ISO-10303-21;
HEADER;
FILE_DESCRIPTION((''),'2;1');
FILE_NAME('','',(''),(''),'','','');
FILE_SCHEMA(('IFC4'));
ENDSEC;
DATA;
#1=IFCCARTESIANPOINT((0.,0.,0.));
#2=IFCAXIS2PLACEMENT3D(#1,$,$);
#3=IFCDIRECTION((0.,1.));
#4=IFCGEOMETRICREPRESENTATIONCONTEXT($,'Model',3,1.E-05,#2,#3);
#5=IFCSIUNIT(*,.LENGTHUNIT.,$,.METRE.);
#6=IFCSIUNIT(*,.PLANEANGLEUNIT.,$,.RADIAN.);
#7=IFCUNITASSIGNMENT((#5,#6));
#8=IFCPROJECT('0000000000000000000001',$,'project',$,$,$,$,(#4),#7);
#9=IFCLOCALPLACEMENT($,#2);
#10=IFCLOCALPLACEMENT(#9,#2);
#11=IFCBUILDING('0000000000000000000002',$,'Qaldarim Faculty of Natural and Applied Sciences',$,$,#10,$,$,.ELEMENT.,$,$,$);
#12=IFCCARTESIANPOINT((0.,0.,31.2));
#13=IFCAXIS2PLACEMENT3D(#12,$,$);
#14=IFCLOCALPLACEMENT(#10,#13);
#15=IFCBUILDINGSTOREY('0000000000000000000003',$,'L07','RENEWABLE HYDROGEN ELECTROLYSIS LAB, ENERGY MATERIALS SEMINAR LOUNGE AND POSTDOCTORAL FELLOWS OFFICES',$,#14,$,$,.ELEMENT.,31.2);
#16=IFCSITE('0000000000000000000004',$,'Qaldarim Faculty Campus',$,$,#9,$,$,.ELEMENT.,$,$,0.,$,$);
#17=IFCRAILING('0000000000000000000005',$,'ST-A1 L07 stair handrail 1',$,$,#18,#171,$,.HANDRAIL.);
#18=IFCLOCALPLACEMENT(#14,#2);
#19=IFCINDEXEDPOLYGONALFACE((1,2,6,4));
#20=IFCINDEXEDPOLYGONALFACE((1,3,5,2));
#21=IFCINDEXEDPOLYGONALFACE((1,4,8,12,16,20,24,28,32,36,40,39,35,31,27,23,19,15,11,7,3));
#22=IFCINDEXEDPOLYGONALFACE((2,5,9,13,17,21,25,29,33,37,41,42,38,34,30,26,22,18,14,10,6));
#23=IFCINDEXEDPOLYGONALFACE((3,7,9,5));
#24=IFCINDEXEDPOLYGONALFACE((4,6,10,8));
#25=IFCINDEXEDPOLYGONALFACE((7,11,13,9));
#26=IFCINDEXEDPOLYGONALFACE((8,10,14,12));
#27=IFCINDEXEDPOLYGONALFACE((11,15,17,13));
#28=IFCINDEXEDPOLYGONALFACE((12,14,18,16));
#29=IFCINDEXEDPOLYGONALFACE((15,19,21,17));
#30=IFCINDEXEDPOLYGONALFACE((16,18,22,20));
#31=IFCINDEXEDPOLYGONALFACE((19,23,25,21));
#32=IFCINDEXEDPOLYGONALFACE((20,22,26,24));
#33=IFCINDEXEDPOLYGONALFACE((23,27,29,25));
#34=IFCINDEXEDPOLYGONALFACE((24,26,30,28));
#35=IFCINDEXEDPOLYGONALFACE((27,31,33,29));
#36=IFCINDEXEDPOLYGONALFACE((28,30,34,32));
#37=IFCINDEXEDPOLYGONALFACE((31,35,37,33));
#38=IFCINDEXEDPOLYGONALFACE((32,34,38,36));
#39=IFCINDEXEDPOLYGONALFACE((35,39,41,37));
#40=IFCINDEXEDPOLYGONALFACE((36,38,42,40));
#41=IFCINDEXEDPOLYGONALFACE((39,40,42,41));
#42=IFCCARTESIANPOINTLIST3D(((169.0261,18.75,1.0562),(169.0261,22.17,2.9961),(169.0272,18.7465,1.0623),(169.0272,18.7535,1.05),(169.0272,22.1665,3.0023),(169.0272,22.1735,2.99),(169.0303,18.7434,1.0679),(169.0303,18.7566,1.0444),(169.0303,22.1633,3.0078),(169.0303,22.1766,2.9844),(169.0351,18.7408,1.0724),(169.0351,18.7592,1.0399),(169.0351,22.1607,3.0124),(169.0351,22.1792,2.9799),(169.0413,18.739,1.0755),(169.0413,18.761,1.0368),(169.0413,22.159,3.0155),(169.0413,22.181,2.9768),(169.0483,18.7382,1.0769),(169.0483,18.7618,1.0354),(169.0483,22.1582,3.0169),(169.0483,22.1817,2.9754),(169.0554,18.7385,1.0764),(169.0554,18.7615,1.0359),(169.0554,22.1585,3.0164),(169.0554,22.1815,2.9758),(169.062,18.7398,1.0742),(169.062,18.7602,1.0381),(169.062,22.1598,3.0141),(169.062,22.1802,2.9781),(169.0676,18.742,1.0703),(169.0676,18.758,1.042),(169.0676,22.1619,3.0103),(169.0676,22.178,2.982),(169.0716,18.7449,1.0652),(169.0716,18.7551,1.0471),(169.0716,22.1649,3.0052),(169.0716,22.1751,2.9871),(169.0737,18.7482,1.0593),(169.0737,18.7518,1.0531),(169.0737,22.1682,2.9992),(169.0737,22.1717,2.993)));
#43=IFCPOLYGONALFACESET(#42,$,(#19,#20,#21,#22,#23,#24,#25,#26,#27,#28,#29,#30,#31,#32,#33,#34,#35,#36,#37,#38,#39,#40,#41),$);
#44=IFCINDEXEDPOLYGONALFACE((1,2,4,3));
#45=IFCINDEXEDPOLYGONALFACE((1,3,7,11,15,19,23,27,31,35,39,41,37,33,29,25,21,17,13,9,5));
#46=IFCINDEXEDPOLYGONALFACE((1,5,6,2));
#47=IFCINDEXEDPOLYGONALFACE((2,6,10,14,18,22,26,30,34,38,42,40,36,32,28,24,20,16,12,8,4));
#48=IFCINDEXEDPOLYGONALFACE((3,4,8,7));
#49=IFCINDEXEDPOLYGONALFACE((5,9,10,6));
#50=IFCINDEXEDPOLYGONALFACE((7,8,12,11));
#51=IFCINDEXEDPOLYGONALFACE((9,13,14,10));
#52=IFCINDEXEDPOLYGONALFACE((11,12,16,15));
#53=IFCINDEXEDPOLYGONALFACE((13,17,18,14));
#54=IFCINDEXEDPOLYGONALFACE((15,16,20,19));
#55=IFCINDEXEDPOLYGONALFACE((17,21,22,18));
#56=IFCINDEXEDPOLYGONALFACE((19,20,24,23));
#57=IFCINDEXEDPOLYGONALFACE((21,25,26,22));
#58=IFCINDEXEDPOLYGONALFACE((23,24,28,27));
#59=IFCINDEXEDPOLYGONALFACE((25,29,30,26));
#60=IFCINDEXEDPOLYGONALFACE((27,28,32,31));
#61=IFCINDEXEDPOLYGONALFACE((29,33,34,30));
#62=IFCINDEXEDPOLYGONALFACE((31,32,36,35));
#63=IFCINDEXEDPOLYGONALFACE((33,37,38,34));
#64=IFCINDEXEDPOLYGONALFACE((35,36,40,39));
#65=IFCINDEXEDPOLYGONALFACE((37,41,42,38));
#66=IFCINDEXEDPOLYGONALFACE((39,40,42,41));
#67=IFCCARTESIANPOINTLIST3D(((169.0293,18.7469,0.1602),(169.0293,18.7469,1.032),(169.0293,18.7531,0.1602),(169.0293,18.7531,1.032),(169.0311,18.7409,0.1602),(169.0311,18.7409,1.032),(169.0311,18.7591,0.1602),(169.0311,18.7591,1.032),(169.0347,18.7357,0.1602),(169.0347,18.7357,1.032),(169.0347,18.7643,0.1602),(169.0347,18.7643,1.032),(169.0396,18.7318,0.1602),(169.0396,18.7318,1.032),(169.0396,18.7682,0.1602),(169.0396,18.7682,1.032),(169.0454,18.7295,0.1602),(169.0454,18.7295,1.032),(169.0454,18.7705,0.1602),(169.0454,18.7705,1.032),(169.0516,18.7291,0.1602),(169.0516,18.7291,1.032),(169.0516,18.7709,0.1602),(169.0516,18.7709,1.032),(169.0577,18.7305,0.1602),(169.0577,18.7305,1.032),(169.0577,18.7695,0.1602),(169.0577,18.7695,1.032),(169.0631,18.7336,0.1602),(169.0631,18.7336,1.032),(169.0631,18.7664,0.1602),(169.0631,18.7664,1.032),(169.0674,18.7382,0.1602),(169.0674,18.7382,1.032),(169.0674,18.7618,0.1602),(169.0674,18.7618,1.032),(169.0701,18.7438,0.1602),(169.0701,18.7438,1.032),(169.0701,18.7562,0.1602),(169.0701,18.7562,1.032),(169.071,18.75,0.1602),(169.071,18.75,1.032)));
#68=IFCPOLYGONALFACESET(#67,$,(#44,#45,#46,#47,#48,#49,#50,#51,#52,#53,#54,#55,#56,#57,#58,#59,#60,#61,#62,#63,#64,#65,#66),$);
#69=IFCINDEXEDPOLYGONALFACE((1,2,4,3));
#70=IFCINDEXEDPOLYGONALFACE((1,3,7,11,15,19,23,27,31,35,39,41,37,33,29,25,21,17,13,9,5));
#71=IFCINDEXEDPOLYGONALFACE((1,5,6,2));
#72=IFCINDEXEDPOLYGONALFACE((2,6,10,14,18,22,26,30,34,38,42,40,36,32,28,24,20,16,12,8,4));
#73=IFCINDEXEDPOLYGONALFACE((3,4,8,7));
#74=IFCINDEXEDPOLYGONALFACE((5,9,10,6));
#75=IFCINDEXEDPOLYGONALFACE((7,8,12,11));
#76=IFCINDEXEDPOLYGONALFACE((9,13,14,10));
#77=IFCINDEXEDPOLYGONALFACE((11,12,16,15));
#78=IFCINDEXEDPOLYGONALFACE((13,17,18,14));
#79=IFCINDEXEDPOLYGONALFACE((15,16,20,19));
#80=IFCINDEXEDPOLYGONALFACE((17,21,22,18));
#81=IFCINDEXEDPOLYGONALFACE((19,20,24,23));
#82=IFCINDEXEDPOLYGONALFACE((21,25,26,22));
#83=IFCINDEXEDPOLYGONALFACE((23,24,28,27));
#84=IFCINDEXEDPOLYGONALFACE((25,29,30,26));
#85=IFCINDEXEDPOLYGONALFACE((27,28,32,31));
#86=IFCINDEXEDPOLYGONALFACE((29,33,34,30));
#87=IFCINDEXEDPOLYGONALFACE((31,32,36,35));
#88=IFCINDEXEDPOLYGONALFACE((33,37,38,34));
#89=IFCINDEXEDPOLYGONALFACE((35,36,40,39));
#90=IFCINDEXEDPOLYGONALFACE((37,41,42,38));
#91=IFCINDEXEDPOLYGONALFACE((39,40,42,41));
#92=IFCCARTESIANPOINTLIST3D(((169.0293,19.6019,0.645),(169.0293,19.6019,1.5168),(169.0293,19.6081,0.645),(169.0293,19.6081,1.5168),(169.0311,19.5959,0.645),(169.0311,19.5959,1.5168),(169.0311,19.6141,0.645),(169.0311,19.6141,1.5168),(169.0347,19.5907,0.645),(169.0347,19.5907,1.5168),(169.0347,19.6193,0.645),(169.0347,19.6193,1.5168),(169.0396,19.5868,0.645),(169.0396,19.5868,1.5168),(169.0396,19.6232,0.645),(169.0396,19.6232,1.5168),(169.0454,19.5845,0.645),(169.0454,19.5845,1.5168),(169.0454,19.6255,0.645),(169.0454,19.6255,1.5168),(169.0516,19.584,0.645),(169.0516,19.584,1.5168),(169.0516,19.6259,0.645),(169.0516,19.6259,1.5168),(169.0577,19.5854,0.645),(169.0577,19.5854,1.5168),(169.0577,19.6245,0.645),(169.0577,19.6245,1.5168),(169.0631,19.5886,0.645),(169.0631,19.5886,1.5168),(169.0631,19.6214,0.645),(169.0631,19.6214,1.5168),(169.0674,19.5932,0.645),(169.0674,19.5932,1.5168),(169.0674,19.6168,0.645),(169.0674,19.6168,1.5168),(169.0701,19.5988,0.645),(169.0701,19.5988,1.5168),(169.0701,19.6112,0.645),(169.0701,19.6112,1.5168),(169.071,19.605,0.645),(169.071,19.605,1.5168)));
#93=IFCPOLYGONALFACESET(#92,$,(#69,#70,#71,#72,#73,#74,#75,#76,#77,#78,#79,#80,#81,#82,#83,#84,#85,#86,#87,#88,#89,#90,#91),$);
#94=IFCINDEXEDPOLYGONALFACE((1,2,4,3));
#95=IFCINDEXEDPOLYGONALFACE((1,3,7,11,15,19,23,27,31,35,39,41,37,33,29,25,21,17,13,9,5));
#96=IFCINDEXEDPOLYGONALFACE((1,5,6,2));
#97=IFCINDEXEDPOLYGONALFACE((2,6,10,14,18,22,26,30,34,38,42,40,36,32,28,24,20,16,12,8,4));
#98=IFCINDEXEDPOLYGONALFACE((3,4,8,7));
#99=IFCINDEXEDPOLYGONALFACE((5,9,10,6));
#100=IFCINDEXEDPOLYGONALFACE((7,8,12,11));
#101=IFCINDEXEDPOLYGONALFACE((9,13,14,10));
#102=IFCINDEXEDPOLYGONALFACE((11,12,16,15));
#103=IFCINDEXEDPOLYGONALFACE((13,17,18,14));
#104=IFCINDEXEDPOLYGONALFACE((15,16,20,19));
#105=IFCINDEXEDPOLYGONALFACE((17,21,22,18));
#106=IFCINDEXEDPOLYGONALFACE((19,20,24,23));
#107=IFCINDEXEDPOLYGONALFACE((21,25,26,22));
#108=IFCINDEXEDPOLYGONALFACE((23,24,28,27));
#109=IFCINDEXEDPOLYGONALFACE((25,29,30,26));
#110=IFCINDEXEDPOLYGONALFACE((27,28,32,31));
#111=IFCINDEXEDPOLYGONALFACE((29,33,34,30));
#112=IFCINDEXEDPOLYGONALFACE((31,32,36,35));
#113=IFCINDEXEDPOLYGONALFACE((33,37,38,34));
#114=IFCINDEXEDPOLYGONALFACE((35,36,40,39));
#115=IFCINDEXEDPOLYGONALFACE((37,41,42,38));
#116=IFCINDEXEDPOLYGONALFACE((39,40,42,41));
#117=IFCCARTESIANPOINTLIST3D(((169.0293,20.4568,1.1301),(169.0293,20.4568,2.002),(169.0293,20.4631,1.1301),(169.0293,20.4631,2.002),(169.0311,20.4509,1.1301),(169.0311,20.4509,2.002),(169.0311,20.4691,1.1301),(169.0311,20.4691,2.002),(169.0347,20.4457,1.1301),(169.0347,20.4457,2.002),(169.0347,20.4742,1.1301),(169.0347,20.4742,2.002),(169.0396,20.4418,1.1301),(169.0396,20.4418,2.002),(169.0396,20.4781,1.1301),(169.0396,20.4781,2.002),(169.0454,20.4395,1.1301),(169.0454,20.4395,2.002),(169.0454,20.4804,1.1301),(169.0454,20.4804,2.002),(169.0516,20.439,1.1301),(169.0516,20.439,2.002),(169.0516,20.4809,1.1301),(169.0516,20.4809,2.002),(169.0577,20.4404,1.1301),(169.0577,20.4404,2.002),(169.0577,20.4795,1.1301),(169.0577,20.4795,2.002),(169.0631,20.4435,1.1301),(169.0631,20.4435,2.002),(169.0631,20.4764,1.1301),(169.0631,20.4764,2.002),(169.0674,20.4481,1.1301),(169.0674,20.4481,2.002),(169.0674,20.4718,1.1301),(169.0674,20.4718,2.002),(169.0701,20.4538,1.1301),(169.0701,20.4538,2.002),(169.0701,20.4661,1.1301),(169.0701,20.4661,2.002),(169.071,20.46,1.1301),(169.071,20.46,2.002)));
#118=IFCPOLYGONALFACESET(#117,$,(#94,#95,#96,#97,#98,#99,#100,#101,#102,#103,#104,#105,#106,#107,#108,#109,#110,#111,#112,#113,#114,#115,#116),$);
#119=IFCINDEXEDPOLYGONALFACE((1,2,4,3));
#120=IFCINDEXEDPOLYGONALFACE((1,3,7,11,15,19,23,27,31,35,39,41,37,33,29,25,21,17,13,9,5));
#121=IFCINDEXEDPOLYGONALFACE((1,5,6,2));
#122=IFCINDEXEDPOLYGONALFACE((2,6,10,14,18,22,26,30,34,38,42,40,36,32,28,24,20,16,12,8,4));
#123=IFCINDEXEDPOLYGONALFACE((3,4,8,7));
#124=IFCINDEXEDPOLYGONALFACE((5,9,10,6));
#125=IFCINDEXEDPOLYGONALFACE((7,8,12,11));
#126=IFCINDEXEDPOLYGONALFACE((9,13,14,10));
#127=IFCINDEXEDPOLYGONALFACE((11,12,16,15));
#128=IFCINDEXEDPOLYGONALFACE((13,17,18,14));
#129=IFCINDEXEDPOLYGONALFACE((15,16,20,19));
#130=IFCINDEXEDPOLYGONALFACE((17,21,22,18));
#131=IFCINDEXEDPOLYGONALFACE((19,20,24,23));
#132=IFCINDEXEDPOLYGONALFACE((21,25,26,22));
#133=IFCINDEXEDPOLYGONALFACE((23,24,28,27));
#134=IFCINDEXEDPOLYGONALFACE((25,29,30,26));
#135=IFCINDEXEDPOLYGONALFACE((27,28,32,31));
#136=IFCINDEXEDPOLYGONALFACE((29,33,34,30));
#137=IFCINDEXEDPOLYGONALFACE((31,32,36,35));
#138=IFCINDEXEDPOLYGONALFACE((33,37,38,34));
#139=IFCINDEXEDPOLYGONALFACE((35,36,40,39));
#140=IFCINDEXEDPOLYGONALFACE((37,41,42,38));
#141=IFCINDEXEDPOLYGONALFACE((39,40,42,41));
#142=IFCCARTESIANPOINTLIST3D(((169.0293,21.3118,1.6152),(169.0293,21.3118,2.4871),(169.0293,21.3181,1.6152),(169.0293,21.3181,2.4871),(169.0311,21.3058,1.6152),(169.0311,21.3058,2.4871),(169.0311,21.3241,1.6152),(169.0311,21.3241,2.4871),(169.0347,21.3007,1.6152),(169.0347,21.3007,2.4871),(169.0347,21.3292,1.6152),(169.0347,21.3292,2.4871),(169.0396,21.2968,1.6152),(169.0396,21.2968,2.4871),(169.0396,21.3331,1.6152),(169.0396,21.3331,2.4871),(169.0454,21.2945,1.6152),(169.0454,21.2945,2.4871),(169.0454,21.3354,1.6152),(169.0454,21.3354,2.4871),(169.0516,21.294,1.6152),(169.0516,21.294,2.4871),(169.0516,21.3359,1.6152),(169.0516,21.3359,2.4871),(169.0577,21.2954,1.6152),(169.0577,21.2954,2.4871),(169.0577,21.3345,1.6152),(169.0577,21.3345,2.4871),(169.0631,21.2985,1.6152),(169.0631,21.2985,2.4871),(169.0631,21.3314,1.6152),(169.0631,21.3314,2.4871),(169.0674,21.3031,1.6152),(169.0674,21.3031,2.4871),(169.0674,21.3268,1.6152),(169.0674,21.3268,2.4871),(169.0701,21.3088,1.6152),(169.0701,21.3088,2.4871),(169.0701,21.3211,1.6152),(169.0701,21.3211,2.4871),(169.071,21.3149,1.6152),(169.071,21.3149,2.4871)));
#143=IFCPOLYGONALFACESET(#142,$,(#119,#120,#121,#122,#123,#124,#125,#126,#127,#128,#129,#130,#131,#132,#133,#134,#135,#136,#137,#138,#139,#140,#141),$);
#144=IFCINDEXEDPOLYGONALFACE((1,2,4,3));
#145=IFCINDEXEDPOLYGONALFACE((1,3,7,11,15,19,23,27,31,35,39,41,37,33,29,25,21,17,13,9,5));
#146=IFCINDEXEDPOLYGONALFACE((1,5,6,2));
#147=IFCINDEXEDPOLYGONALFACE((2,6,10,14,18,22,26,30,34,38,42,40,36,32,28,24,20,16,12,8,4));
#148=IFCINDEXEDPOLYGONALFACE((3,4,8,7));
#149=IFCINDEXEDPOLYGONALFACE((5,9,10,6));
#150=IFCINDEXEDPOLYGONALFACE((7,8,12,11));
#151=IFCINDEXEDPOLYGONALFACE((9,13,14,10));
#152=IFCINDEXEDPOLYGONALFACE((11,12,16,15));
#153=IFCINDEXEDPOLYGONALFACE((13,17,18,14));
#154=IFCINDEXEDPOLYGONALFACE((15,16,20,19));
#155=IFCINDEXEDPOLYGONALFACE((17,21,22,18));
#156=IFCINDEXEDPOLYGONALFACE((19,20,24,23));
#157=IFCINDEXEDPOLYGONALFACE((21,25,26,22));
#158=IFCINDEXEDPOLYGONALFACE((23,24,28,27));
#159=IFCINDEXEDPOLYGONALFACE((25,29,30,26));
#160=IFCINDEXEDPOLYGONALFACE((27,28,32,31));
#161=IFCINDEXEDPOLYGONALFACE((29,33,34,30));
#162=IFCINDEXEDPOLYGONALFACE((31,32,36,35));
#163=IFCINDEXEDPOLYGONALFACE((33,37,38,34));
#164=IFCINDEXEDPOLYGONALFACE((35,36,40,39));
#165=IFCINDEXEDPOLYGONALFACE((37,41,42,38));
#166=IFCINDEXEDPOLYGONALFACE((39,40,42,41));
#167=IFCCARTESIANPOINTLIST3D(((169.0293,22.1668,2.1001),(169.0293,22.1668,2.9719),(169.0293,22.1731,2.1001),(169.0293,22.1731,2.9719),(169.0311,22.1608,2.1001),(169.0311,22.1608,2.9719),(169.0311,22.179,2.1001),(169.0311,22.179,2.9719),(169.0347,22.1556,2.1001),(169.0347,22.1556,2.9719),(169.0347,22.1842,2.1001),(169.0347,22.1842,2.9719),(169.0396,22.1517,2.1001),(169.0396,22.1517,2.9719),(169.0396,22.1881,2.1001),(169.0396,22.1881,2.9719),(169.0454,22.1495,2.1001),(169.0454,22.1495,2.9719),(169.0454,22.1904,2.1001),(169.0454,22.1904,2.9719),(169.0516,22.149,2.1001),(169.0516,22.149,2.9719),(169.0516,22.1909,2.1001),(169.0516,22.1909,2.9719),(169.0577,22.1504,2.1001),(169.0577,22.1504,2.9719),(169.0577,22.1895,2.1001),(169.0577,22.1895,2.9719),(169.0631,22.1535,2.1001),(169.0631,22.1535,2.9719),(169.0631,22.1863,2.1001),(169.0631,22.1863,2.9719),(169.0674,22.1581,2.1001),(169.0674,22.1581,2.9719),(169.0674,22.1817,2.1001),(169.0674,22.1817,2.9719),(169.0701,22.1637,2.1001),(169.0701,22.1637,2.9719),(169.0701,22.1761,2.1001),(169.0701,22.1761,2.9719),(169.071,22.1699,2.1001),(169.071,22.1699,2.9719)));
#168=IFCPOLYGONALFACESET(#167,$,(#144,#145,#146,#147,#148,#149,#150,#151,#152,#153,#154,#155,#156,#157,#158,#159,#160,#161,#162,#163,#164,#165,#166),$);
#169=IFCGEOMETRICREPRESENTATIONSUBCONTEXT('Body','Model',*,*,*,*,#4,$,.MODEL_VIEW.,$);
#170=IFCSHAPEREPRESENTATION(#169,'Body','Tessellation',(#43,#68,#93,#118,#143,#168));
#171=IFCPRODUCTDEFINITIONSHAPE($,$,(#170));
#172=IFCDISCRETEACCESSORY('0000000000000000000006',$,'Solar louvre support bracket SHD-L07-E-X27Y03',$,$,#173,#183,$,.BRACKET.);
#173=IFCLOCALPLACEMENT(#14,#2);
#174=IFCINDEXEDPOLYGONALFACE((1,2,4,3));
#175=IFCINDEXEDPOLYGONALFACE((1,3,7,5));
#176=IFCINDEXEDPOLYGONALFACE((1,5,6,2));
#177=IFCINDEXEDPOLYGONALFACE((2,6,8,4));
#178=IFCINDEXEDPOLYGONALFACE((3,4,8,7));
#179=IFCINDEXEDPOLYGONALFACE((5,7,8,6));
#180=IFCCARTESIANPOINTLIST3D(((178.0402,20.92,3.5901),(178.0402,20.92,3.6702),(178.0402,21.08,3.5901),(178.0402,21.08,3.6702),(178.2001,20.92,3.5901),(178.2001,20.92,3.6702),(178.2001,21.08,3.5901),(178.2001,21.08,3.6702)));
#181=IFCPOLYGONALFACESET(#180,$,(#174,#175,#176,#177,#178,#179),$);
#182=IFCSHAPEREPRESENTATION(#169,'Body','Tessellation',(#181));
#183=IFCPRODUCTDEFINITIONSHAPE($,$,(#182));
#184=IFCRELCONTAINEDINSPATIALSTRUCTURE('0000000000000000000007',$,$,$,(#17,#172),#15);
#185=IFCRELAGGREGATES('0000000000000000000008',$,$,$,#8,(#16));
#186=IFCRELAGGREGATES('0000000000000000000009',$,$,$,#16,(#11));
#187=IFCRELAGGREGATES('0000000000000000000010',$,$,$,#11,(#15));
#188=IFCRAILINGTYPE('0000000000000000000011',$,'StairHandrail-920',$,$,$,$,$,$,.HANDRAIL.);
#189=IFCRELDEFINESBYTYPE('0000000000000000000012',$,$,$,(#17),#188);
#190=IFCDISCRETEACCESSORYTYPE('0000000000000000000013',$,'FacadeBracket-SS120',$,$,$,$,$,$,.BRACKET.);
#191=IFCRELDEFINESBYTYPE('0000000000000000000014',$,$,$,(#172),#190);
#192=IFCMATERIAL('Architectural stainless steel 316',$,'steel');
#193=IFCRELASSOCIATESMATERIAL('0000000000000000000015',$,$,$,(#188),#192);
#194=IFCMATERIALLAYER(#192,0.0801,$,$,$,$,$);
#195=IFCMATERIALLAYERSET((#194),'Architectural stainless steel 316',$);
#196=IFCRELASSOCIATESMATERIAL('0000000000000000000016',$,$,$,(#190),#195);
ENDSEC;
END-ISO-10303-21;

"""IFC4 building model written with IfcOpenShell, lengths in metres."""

from ifc_helpers import new_model, si_unit, direction, frame, origin, origin_2d, place, context, subcontext, project, spatial, rectangle, circle, extrude, material, layer, layer_set, type_object, element, save


model = new_model("IFC4")

# Units and contexts
model_context = context("Model", 3, precision=1e-05, world=origin(), true_north=direction((0.0, 1.0)))
body_context = subcontext(model_context, "Body", "Model", "MODEL_VIEW")
ifc_project = project(units=[si_unit("LENGTHUNIT", "METRE"), si_unit("PLANEANGLEUNIT", "RADIAN")], contexts=[model_context])

# Site, building, storey
site_placement = place(None, origin())
site = spatial("IfcSite", under=ifc_project, at=site_placement, Name="Qaldarim Faculty Campus", CompositionType="ELEMENT", RefElevation=0.0)
building_placement = place(site_placement, origin())
building = spatial("IfcBuilding", under=site, at=building_placement, Name="Qaldarim Faculty of Natural and Applied Sciences", CompositionType="ELEMENT")
storey_placement = place(building_placement, frame((0.0, 0.0, 31.2)))
storey = spatial("IfcBuildingStorey", under=building, at=storey_placement, Name="L07", Description="RENEWABLE HYDROGEN ELECTROLYSIS LAB, ENERGY MATERIALS SEMINAR LOUNGE AND POSTDOCTORAL FELLOWS OFFICES", CompositionType="ELEMENT", Elevation=31.2)

# Shared definitions
ifc_material_1 = material(Name="Architectural stainless steel 316", Category="steel")

# Railing
railing_type = type_object("IfcRailingType", Name="StairHandrail-920", PredefinedType="HANDRAIL", material=ifc_material_1)
railing_placement = place(storey_placement, frame((169.05, 18.75, 0.1602)))
element("IfcRailing", 1, at=railing_placement, inside=storey, type_object=railing_type, Name="ST-A1 L07 stair handrail 1", PredefinedType="HANDRAIL", context=body_context, shape_type="SweptSolid", body=[
    extrude(circle(Radius=0.0239, at=origin_2d()), frame((0.0, 0.0, 0.896), z_axis=(0.0, 0.869805, 0.493395), x_axis=(-1.0, 0.0, 0.0)), (0.0, 0.0, 1.0), 3.9319),
    extrude(circle(Radius=0.021, at=origin_2d()), origin(), (0.0, 0.0, 1.0), 0.8718),
    extrude(circle(Radius=0.021, at=origin_2d()), frame((0.0, 0.855, 0.4849)), (0.0, 0.0, 1.0), 0.8718),
    extrude(circle(Radius=0.021, at=origin_2d()), frame((0.0, 1.71, 0.97)), (0.0, 0.0, 1.0), 0.8718),
    extrude(circle(Radius=0.021, at=origin_2d()), frame((0.0, 2.5649, 1.4551)), (0.0, 0.0, 1.0), 0.8718),
    extrude(circle(Radius=0.021, at=origin_2d()), frame((0.0, 3.4199, 1.9399)), (0.0, 0.0, 1.0), 0.8718),
])

# Discrete accessory
ifc_layer_1 = layer(ifc_material_1, 0.0801)
ifc_layer_set_1 = layer_set([ifc_layer_1], Name="Architectural stainless steel 316")
discrete_accessory_type = type_object("IfcDiscreteAccessoryType", Name="FacadeBracket-SS120", PredefinedType="BRACKET", material=ifc_layer_set_1)
discrete_accessory_placement = place(storey_placement, frame((178.1201, 21.0, 3.5901), z_axis=(0.0, 0.0, 1.0), x_axis=(0.0, 1.0, 0.0)))
element("IfcDiscreteAccessory", 2, at=discrete_accessory_placement, inside=storey, type_object=discrete_accessory_type, Name="Solar louvre support bracket SHD-L07-E-X27Y03", PredefinedType="BRACKET", context=body_context, shape_type="SweptSolid", body=[
    extrude(rectangle(XDim=0.1599, YDim=0.1599, at=origin_2d()), origin(), (0.0, 0.0, 1.0), 0.0801),
])

save(model, "model.ifc")
